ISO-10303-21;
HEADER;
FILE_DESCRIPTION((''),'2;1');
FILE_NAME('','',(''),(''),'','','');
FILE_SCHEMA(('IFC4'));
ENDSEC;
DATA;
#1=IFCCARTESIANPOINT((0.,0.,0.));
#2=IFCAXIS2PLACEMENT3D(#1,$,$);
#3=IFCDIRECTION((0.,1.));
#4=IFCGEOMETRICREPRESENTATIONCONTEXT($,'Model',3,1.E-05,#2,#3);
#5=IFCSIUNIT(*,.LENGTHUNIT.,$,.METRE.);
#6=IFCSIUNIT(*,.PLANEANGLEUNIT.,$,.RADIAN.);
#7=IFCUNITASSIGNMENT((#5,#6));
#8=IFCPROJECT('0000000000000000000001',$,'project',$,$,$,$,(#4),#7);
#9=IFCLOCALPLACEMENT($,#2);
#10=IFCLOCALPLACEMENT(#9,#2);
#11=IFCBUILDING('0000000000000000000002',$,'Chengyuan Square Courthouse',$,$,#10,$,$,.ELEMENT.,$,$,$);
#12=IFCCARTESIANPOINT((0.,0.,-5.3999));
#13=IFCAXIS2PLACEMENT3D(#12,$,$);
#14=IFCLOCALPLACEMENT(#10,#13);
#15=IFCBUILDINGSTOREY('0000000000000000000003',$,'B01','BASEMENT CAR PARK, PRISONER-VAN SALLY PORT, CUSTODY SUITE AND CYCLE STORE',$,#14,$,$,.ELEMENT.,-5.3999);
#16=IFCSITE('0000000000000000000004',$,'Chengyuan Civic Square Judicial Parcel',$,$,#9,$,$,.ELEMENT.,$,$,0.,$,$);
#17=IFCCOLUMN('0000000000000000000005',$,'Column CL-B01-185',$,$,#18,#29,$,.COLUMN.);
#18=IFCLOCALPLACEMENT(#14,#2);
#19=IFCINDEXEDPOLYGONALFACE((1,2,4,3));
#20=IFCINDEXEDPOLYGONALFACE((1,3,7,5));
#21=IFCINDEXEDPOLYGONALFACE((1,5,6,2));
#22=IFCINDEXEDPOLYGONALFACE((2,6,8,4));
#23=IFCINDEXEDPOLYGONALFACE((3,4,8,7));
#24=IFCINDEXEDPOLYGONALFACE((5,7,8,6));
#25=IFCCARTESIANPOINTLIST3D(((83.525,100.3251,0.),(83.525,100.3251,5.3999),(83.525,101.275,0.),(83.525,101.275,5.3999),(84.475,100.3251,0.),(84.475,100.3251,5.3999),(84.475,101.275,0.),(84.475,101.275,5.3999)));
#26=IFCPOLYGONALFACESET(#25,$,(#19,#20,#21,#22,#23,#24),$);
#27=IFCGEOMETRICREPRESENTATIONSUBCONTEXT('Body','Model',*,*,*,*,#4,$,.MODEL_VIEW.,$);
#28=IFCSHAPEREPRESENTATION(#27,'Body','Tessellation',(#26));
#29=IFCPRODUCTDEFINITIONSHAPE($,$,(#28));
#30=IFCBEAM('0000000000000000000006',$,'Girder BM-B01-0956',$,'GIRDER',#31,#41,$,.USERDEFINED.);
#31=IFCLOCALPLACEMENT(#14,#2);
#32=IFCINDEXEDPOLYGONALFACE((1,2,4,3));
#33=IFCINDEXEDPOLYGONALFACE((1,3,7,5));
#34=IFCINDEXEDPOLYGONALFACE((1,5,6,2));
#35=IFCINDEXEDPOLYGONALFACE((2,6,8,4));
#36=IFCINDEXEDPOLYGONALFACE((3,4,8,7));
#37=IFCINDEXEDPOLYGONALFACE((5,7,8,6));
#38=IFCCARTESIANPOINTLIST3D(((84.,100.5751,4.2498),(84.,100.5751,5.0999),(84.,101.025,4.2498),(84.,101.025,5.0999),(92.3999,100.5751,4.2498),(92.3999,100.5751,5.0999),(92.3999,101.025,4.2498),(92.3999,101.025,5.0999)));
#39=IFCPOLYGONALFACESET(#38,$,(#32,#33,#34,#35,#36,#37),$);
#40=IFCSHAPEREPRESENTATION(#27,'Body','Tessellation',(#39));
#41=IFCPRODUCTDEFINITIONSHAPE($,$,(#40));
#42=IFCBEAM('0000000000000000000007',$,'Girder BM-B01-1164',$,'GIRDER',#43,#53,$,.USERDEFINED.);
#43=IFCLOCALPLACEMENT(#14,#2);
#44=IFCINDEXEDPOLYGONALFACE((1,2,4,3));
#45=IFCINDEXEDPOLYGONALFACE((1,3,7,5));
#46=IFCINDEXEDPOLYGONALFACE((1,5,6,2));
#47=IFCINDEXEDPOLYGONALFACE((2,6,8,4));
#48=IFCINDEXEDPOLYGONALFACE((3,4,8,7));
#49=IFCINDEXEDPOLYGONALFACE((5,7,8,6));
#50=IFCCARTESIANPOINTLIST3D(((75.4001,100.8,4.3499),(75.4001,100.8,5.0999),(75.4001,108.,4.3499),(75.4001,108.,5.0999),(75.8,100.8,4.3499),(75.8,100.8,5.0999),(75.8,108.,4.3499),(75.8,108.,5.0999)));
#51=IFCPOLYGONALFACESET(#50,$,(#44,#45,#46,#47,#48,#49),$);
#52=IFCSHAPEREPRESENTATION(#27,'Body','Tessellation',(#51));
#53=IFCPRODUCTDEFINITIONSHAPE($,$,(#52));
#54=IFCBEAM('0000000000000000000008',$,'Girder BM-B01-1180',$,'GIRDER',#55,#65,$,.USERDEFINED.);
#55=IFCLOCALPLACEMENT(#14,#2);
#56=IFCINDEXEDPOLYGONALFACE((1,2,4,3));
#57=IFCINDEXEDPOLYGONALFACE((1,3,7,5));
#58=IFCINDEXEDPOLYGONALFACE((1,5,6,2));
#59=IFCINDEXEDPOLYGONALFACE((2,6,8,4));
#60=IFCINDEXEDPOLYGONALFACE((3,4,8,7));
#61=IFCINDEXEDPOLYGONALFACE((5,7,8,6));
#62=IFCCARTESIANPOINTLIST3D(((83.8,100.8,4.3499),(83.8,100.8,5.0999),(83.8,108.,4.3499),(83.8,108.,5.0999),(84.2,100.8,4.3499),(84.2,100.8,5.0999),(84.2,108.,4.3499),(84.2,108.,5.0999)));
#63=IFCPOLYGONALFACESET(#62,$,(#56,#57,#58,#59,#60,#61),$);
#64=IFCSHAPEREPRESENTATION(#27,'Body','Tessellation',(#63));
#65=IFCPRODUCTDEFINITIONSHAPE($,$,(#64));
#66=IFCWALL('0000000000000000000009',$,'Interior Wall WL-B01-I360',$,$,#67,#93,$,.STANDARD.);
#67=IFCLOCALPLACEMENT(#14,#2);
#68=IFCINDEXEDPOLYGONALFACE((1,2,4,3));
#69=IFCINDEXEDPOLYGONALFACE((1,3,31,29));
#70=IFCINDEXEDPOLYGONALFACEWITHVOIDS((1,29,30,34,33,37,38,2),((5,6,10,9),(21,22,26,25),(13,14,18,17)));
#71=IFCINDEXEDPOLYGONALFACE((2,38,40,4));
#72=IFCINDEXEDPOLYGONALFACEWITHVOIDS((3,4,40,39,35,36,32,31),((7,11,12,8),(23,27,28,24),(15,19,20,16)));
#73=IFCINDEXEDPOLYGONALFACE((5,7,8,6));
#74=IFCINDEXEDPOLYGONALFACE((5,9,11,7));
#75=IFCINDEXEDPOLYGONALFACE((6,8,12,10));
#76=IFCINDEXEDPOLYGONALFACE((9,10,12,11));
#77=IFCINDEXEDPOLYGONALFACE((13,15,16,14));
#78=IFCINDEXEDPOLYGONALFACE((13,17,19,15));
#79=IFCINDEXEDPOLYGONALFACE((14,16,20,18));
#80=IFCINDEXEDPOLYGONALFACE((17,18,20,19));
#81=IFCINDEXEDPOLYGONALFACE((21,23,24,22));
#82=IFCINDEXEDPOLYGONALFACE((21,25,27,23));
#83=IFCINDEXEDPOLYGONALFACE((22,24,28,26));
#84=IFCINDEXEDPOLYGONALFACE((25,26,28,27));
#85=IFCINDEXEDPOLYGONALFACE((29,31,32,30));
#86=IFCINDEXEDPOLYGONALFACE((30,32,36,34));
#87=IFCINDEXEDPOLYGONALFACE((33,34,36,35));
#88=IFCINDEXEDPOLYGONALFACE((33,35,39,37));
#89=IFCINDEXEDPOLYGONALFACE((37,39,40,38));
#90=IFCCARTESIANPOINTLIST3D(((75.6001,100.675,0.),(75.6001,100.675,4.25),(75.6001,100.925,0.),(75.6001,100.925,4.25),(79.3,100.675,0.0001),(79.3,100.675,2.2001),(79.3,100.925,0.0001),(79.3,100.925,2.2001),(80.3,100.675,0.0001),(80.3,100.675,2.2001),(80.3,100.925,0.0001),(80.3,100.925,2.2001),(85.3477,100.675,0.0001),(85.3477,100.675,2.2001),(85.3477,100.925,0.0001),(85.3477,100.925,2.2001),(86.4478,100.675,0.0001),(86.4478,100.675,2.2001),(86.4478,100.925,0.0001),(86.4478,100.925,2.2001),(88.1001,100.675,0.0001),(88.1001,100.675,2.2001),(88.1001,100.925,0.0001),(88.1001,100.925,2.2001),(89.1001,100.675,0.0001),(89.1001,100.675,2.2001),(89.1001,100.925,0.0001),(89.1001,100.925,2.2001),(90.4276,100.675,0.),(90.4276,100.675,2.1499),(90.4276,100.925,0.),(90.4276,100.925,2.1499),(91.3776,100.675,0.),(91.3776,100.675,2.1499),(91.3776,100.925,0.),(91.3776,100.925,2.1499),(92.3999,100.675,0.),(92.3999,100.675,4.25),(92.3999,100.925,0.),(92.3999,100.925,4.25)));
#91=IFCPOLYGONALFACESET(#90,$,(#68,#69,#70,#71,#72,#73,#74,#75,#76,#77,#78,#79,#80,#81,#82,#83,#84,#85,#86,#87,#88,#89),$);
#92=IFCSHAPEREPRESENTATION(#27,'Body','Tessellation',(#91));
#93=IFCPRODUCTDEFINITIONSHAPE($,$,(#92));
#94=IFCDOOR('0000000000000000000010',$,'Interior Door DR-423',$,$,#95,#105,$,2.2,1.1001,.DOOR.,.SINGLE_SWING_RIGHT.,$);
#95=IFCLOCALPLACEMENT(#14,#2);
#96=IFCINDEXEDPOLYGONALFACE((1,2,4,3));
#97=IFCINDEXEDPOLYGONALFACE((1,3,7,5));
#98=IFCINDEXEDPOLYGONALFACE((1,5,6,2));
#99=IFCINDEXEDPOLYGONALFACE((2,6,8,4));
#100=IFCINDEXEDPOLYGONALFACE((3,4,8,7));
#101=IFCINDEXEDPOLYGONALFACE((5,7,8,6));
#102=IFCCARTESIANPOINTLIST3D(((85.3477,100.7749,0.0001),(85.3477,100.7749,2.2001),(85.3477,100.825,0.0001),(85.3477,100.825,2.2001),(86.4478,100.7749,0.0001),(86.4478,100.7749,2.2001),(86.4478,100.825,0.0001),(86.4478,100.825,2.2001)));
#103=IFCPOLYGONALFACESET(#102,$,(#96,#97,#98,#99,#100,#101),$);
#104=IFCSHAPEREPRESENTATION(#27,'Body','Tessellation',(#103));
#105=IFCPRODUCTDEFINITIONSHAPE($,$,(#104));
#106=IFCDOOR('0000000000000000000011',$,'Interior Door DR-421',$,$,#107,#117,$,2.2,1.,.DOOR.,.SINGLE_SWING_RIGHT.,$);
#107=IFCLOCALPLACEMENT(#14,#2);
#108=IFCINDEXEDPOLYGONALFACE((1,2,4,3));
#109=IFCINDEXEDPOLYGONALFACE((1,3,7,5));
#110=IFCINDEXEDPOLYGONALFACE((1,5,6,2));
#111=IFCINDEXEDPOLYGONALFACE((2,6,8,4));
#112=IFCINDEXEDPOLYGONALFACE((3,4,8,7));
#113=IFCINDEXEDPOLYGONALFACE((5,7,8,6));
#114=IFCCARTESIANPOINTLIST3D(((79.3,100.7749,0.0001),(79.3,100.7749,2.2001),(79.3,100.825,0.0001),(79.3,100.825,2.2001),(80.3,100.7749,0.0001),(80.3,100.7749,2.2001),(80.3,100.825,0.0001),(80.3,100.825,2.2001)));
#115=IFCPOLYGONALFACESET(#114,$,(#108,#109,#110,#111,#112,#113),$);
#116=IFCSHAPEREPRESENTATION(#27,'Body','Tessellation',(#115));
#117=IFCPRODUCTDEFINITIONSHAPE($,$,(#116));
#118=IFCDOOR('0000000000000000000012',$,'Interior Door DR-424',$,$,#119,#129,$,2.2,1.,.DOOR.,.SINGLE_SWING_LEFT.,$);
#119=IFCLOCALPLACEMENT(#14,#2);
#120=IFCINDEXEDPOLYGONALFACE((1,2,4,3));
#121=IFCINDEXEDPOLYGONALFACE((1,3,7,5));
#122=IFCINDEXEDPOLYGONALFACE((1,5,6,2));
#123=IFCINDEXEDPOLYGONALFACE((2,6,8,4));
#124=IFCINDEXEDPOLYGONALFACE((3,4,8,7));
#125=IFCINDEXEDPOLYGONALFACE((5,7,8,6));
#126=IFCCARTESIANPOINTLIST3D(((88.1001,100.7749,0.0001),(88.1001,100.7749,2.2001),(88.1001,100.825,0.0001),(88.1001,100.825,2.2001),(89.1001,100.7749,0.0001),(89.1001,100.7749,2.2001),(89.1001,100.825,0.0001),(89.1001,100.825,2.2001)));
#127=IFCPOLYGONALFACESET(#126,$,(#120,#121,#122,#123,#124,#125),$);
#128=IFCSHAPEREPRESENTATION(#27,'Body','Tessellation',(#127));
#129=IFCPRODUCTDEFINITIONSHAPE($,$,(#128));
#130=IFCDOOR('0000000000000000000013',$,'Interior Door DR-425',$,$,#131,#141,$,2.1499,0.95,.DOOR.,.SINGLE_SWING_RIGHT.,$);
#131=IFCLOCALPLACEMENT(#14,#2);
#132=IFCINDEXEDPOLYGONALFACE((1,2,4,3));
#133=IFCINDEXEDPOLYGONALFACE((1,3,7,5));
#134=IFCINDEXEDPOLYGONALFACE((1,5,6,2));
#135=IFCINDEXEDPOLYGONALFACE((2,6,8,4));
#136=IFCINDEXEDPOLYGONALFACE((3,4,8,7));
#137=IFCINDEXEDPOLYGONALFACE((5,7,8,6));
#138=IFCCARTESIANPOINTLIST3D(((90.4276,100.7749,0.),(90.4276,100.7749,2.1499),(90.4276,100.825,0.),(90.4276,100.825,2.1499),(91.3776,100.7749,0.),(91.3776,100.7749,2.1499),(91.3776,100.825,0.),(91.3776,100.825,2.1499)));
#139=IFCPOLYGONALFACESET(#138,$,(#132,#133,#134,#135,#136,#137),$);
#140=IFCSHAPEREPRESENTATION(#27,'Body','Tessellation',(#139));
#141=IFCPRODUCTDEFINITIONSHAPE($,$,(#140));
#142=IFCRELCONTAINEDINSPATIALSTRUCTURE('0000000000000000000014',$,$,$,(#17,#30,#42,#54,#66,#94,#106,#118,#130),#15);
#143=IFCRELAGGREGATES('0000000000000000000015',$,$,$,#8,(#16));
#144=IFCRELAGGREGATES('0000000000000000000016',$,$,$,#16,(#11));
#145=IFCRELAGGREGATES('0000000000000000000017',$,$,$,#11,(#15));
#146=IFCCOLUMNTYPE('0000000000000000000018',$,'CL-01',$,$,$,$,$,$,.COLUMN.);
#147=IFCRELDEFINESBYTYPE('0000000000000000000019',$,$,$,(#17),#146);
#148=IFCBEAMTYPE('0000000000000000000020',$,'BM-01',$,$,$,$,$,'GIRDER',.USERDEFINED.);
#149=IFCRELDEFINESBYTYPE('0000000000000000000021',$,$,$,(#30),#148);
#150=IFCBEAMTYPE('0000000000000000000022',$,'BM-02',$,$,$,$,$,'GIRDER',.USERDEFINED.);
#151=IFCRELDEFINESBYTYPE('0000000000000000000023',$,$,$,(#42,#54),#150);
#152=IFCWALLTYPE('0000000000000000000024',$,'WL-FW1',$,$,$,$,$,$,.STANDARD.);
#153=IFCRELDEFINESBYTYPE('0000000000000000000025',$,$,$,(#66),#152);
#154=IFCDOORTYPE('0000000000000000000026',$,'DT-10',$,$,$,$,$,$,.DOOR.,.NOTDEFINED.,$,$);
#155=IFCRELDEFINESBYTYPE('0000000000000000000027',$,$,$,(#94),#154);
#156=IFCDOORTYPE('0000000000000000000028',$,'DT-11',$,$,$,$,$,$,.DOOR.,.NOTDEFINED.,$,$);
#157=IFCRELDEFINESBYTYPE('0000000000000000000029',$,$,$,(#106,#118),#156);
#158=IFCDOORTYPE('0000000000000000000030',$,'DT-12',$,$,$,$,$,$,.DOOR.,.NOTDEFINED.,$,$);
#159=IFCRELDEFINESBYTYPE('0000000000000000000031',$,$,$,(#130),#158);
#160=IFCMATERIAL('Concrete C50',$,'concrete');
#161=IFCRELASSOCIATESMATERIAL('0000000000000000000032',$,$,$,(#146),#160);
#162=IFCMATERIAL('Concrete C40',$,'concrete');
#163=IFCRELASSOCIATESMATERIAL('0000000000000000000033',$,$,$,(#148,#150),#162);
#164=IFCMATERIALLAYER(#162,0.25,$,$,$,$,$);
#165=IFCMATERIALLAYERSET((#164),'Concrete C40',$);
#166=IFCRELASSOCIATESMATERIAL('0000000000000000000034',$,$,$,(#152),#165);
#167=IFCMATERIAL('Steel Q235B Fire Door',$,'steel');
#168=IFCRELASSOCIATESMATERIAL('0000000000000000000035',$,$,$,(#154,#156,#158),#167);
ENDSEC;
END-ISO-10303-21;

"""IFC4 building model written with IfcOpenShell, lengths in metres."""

from ifc_helpers import new_model, si_unit, direction, frame, frame_2d, origin, origin_2d, place, context, subcontext, project, spatial, rectangle, extrude, material, layer, layer_set, material_profile, profile_set, type_object, element, fill, save


model = new_model("IFC4")

# Units and contexts
model_context = context("Model", 3, precision=1e-05, world=origin(), true_north=direction((0.0, 1.0)))
body_context = subcontext(model_context, "Body", "Model", "MODEL_VIEW")
ifc_project = project(units=[si_unit("LENGTHUNIT", "METRE"), si_unit("PLANEANGLEUNIT", "RADIAN")], contexts=[model_context])

# Site, building, storey
site_placement = place(None, origin())
site = spatial("IfcSite", under=ifc_project, at=site_placement, Name="Chengyuan Civic Square Judicial Parcel", CompositionType="ELEMENT", RefElevation=0.0)
building_placement = place(site_placement, origin())
building = spatial("IfcBuilding", under=site, at=building_placement, Name="Chengyuan Square Courthouse", CompositionType="ELEMENT")
storey_placement = place(building_placement, frame((0.0, 0.0, -5.3999)))
storey = spatial("IfcBuildingStorey", under=building, at=storey_placement, Name="B01", Description="BASEMENT CAR PARK, PRISONER-VAN SALLY PORT, CUSTODY SUITE AND CYCLE STORE", CompositionType="ELEMENT", Elevation=-5.3999)

# Column
ifc_material_1 = material(Name="Concrete C50", Category="concrete")
ifc_material_profile_1 = material_profile(ifc_material_1, rectangle(XDim=0.95, YDim=0.95, at=origin_2d()), Name="RC-COL-950x950")
ifc_profile_set_1 = profile_set([ifc_material_profile_1], Name="Concrete C50")
column_type = type_object("IfcColumnType", Name="CL-01", PredefinedType="COLUMN", material=ifc_profile_set_1)
column_placement = place(storey_placement, frame((84.0, 100.8, 0.0), z_axis=(0.0, 0.0, 1.0), x_axis=(1.0, 0.0, 0.0)))
element("IfcColumn", 1, at=column_placement, inside=storey, type_object=column_type, Name="Column CL-B01-185", PredefinedType="COLUMN", context=body_context, shape_type="SweptSolid", body=[
    extrude(rectangle(XDim=0.95, YDim=0.95, at=origin_2d()), origin(), (0.0, 0.0, 1.0), 5.3999),
])

# Beams
ifc_material_2 = material(Name="Concrete C40", Category="concrete")
ifc_material_profile_2 = material_profile(ifc_material_2, rectangle(XDim=0.45, YDim=0.8501, at=origin_2d()), Name="RC-BM-450x850")
ifc_profile_set_2 = profile_set([ifc_material_profile_2], Name="Concrete C40")
beam_type_1 = type_object("IfcBeamType", Name="BM-01", ElementType="GIRDER", PredefinedType="USERDEFINED", material=ifc_profile_set_2)
beam_placement = place(storey_placement, frame((84.0, 100.8, 4.6748), z_axis=(1.0, 0.0, 0.0), x_axis=(0.0, 1.0, 0.0)))
element("IfcBeam", 2, at=beam_placement, inside=storey, type_object=beam_type_1, Name="Girder BM-B01-0956", ObjectType="GIRDER", PredefinedType="USERDEFINED", context=body_context, shape_type="SweptSolid", body=[
    extrude(rectangle(XDim=0.45, YDim=0.8501, at=origin_2d()), origin(), (0.0, 0.0, 1.0), 8.3999),
])
ifc_material_profile_3 = material_profile(ifc_material_2, rectangle(XDim=0.3999, YDim=0.75, at=origin_2d()), Name="RC-BM-400x750")
ifc_profile_set_3 = profile_set([ifc_material_profile_3], Name="Concrete C40")
beam_type_2 = type_object("IfcBeamType", Name="BM-02", ElementType="GIRDER", PredefinedType="USERDEFINED", material=ifc_profile_set_3)
for number, where, z_axis, x_axis, name in (
    (3, (75.6001, 100.8, 4.7249), (0.0, 1.0, 0.0), (-1.0, 0.0, 0.0), "Girder BM-B01-1164"),
    (4, (84.0, 100.8, 4.7249), (0.0, 1.0, 0.0), (-1.0, 0.0, 0.0), "Girder BM-B01-1180"),
):
    element("IfcBeam", number, at=place(storey_placement, frame(where, z_axis=z_axis, x_axis=x_axis)), inside=storey, type_object=beam_type_2, Name=name, ObjectType="GIRDER", PredefinedType="USERDEFINED", context=body_context, shape_type="SweptSolid", body=[
        extrude(rectangle(XDim=0.3999, YDim=0.75, at=origin_2d()), origin(), (0.0, 0.0, 1.0), 7.2),
    ])

# Wall, openings, doors
ifc_layer_1 = layer(ifc_material_2, 0.25)
ifc_layer_set_1 = layer_set([ifc_layer_1], Name="Concrete C40")
wall_type_1 = type_object("IfcWallType", Name="WL-FW1", PredefinedType="STANDARD", material=ifc_layer_set_1)
wall_1_placement = place(storey_placement, frame((75.6001, 100.8, 0.0), z_axis=(0.0, 0.0, 1.0), x_axis=(1.0, 0.0, 0.0)))
wall_1 = element("IfcWall", 5, at=wall_1_placement, inside=storey, type_object=wall_type_1, Name="Interior Wall WL-B01-I360", PredefinedType="STANDARD", context=body_context, shape_type="SweptSolid", body=[
    extrude(rectangle(XDim=16.7998, YDim=0.25, at=frame_2d((8.3999, 0.0))), origin(), (0.0, 0.0, 1.0), 4.25),
])
opening_1_placement = place(wall_1_placement, frame((3.7, 0.0, 0.0)))
opening_1 = element("IfcOpeningElement", 6, at=opening_1_placement, cuts=wall_1, PredefinedType="OPENING", context=body_context, shape_type="SweptSolid", body=[
    extrude(rectangle(XDim=1.0, YDim=2.2, at=frame_2d((0.5, 1.1001))), frame((0.0, 0.137, 0.0), z_axis=(0.0, -1.0, 0.0), x_axis=(1.0, 0.0, 0.0)), (0.0, 0.0, 1.0), 0.2739),
])
opening_2_placement = place(wall_1_placement, frame((9.7476, 0.0, 0.0)))
opening_2 = element("IfcOpeningElement", 7, at=opening_2_placement, cuts=wall_1, PredefinedType="OPENING", context=body_context, shape_type="SweptSolid", body=[
    extrude(rectangle(XDim=1.1001, YDim=2.2, at=frame_2d((0.55, 1.1001))), frame((0.0, 0.137, 0.0), z_axis=(0.0, -1.0, 0.0), x_axis=(1.0, 0.0, 0.0)), (0.0, 0.0, 1.0), 0.2739),
])
opening_3_placement = place(wall_1_placement, frame((12.5, 0.0, 0.0)))
opening_3 = element("IfcOpeningElement", 8, at=opening_3_placement, cuts=wall_1, PredefinedType="OPENING", context=body_context, shape_type="SweptSolid", body=[
    extrude(rectangle(XDim=1.0, YDim=2.2, at=frame_2d((0.5, 1.1001))), frame((0.0, 0.137, 0.0), z_axis=(0.0, -1.0, 0.0), x_axis=(1.0, 0.0, 0.0)), (0.0, 0.0, 1.0), 0.2739),
])
opening_4_placement = place(wall_1_placement, frame((14.8274, 0.0, 0.0)))
opening_4 = element("IfcOpeningElement", 9, at=opening_4_placement, cuts=wall_1, PredefinedType="OPENING", context=body_context, shape_type="SweptSolid", body=[
    extrude(rectangle(XDim=0.95, YDim=2.1499, at=frame_2d((0.4751, 1.075))), frame((0.0, 0.137, 0.0), z_axis=(0.0, -1.0, 0.0), x_axis=(1.0, 0.0, 0.0)), (0.0, 0.0, 1.0), 0.2739),
])
ifc_material_3 = material(Name="Steel Q235B Fire Door", Category="steel")
door_type_1 = type_object("IfcDoorType", Name="DT-10", OperationType="NOTDEFINED", PredefinedType="DOOR", material=ifc_material_3)
door_1_placement = place(opening_2_placement, origin())
door_1 = element("IfcDoor", 10, at=door_1_placement, inside=storey, type_object=door_type_1, Name="Interior Door DR-423", OperationType="SINGLE_SWING_RIGHT", OverallHeight=2.2, OverallWidth=1.1001, PredefinedType="DOOR", context=body_context, shape_type="SweptSolid", body=[
    extrude(rectangle(XDim=1.1001, YDim=2.2, at=frame_2d((0.55, 1.1001))), frame((0.0, 0.0249, 0.0), z_axis=(0.0, -1.0, 0.0), x_axis=(1.0, 0.0, 0.0)), (0.0, 0.0, 1.0), 0.05),
])
fill(opening_2, door_1)
door_type_2 = type_object("IfcDoorType", Name="DT-11", OperationType="NOTDEFINED", PredefinedType="DOOR", material=ifc_material_3)
door_2_placement = place(opening_1_placement, origin())
door_2 = element("IfcDoor", 11, at=door_2_placement, inside=storey, type_object=door_type_2, Name="Interior Door DR-421", OperationType="SINGLE_SWING_RIGHT", OverallHeight=2.2, OverallWidth=1.0, PredefinedType="DOOR", context=body_context, shape_type="SweptSolid", body=[
    extrude(rectangle(XDim=1.0, YDim=2.2, at=frame_2d((0.5, 1.1001))), frame((0.0, 0.0249, 0.0), z_axis=(0.0, -1.0, 0.0), x_axis=(1.0, 0.0, 0.0)), (0.0, 0.0, 1.0), 0.05),
])
fill(opening_1, door_2)
door_3_placement = place(opening_3_placement, origin())
door_3 = element("IfcDoor", 12, at=door_3_placement, inside=storey, type_object=door_type_2, Name="Interior Door DR-424", OperationType="SINGLE_SWING_LEFT", OverallHeight=2.2, OverallWidth=1.0, PredefinedType="DOOR", context=body_context, shape_type="SweptSolid", body=[
    extrude(rectangle(XDim=1.0, YDim=2.2, at=frame_2d((0.5, 1.1001))), frame((0.0, 0.0249, 0.0), z_axis=(0.0, -1.0, 0.0), x_axis=(1.0, 0.0, 0.0)), (0.0, 0.0, 1.0), 0.05),
])
fill(opening_3, door_3)
door_type_3 = type_object("IfcDoorType", Name="DT-12", OperationType="NOTDEFINED", PredefinedType="DOOR", material=ifc_material_3)
door_4_placement = place(opening_4_placement, origin())
door_4 = element("IfcDoor", 13, at=door_4_placement, inside=storey, type_object=door_type_3, Name="Interior Door DR-425", OperationType="SINGLE_SWING_RIGHT", OverallHeight=2.1499, OverallWidth=0.95, PredefinedType="DOOR", context=body_context, shape_type="SweptSolid", body=[
    extrude(rectangle(XDim=0.95, YDim=2.1499, at=frame_2d((0.4751, 1.075))), frame((0.0, 0.0249, 0.0), z_axis=(0.0, -1.0, 0.0), x_axis=(1.0, 0.0, 0.0)), (0.0, 0.0, 1.0), 0.05),
])
fill(opening_4, door_4)

save(model, "model.ifc")
